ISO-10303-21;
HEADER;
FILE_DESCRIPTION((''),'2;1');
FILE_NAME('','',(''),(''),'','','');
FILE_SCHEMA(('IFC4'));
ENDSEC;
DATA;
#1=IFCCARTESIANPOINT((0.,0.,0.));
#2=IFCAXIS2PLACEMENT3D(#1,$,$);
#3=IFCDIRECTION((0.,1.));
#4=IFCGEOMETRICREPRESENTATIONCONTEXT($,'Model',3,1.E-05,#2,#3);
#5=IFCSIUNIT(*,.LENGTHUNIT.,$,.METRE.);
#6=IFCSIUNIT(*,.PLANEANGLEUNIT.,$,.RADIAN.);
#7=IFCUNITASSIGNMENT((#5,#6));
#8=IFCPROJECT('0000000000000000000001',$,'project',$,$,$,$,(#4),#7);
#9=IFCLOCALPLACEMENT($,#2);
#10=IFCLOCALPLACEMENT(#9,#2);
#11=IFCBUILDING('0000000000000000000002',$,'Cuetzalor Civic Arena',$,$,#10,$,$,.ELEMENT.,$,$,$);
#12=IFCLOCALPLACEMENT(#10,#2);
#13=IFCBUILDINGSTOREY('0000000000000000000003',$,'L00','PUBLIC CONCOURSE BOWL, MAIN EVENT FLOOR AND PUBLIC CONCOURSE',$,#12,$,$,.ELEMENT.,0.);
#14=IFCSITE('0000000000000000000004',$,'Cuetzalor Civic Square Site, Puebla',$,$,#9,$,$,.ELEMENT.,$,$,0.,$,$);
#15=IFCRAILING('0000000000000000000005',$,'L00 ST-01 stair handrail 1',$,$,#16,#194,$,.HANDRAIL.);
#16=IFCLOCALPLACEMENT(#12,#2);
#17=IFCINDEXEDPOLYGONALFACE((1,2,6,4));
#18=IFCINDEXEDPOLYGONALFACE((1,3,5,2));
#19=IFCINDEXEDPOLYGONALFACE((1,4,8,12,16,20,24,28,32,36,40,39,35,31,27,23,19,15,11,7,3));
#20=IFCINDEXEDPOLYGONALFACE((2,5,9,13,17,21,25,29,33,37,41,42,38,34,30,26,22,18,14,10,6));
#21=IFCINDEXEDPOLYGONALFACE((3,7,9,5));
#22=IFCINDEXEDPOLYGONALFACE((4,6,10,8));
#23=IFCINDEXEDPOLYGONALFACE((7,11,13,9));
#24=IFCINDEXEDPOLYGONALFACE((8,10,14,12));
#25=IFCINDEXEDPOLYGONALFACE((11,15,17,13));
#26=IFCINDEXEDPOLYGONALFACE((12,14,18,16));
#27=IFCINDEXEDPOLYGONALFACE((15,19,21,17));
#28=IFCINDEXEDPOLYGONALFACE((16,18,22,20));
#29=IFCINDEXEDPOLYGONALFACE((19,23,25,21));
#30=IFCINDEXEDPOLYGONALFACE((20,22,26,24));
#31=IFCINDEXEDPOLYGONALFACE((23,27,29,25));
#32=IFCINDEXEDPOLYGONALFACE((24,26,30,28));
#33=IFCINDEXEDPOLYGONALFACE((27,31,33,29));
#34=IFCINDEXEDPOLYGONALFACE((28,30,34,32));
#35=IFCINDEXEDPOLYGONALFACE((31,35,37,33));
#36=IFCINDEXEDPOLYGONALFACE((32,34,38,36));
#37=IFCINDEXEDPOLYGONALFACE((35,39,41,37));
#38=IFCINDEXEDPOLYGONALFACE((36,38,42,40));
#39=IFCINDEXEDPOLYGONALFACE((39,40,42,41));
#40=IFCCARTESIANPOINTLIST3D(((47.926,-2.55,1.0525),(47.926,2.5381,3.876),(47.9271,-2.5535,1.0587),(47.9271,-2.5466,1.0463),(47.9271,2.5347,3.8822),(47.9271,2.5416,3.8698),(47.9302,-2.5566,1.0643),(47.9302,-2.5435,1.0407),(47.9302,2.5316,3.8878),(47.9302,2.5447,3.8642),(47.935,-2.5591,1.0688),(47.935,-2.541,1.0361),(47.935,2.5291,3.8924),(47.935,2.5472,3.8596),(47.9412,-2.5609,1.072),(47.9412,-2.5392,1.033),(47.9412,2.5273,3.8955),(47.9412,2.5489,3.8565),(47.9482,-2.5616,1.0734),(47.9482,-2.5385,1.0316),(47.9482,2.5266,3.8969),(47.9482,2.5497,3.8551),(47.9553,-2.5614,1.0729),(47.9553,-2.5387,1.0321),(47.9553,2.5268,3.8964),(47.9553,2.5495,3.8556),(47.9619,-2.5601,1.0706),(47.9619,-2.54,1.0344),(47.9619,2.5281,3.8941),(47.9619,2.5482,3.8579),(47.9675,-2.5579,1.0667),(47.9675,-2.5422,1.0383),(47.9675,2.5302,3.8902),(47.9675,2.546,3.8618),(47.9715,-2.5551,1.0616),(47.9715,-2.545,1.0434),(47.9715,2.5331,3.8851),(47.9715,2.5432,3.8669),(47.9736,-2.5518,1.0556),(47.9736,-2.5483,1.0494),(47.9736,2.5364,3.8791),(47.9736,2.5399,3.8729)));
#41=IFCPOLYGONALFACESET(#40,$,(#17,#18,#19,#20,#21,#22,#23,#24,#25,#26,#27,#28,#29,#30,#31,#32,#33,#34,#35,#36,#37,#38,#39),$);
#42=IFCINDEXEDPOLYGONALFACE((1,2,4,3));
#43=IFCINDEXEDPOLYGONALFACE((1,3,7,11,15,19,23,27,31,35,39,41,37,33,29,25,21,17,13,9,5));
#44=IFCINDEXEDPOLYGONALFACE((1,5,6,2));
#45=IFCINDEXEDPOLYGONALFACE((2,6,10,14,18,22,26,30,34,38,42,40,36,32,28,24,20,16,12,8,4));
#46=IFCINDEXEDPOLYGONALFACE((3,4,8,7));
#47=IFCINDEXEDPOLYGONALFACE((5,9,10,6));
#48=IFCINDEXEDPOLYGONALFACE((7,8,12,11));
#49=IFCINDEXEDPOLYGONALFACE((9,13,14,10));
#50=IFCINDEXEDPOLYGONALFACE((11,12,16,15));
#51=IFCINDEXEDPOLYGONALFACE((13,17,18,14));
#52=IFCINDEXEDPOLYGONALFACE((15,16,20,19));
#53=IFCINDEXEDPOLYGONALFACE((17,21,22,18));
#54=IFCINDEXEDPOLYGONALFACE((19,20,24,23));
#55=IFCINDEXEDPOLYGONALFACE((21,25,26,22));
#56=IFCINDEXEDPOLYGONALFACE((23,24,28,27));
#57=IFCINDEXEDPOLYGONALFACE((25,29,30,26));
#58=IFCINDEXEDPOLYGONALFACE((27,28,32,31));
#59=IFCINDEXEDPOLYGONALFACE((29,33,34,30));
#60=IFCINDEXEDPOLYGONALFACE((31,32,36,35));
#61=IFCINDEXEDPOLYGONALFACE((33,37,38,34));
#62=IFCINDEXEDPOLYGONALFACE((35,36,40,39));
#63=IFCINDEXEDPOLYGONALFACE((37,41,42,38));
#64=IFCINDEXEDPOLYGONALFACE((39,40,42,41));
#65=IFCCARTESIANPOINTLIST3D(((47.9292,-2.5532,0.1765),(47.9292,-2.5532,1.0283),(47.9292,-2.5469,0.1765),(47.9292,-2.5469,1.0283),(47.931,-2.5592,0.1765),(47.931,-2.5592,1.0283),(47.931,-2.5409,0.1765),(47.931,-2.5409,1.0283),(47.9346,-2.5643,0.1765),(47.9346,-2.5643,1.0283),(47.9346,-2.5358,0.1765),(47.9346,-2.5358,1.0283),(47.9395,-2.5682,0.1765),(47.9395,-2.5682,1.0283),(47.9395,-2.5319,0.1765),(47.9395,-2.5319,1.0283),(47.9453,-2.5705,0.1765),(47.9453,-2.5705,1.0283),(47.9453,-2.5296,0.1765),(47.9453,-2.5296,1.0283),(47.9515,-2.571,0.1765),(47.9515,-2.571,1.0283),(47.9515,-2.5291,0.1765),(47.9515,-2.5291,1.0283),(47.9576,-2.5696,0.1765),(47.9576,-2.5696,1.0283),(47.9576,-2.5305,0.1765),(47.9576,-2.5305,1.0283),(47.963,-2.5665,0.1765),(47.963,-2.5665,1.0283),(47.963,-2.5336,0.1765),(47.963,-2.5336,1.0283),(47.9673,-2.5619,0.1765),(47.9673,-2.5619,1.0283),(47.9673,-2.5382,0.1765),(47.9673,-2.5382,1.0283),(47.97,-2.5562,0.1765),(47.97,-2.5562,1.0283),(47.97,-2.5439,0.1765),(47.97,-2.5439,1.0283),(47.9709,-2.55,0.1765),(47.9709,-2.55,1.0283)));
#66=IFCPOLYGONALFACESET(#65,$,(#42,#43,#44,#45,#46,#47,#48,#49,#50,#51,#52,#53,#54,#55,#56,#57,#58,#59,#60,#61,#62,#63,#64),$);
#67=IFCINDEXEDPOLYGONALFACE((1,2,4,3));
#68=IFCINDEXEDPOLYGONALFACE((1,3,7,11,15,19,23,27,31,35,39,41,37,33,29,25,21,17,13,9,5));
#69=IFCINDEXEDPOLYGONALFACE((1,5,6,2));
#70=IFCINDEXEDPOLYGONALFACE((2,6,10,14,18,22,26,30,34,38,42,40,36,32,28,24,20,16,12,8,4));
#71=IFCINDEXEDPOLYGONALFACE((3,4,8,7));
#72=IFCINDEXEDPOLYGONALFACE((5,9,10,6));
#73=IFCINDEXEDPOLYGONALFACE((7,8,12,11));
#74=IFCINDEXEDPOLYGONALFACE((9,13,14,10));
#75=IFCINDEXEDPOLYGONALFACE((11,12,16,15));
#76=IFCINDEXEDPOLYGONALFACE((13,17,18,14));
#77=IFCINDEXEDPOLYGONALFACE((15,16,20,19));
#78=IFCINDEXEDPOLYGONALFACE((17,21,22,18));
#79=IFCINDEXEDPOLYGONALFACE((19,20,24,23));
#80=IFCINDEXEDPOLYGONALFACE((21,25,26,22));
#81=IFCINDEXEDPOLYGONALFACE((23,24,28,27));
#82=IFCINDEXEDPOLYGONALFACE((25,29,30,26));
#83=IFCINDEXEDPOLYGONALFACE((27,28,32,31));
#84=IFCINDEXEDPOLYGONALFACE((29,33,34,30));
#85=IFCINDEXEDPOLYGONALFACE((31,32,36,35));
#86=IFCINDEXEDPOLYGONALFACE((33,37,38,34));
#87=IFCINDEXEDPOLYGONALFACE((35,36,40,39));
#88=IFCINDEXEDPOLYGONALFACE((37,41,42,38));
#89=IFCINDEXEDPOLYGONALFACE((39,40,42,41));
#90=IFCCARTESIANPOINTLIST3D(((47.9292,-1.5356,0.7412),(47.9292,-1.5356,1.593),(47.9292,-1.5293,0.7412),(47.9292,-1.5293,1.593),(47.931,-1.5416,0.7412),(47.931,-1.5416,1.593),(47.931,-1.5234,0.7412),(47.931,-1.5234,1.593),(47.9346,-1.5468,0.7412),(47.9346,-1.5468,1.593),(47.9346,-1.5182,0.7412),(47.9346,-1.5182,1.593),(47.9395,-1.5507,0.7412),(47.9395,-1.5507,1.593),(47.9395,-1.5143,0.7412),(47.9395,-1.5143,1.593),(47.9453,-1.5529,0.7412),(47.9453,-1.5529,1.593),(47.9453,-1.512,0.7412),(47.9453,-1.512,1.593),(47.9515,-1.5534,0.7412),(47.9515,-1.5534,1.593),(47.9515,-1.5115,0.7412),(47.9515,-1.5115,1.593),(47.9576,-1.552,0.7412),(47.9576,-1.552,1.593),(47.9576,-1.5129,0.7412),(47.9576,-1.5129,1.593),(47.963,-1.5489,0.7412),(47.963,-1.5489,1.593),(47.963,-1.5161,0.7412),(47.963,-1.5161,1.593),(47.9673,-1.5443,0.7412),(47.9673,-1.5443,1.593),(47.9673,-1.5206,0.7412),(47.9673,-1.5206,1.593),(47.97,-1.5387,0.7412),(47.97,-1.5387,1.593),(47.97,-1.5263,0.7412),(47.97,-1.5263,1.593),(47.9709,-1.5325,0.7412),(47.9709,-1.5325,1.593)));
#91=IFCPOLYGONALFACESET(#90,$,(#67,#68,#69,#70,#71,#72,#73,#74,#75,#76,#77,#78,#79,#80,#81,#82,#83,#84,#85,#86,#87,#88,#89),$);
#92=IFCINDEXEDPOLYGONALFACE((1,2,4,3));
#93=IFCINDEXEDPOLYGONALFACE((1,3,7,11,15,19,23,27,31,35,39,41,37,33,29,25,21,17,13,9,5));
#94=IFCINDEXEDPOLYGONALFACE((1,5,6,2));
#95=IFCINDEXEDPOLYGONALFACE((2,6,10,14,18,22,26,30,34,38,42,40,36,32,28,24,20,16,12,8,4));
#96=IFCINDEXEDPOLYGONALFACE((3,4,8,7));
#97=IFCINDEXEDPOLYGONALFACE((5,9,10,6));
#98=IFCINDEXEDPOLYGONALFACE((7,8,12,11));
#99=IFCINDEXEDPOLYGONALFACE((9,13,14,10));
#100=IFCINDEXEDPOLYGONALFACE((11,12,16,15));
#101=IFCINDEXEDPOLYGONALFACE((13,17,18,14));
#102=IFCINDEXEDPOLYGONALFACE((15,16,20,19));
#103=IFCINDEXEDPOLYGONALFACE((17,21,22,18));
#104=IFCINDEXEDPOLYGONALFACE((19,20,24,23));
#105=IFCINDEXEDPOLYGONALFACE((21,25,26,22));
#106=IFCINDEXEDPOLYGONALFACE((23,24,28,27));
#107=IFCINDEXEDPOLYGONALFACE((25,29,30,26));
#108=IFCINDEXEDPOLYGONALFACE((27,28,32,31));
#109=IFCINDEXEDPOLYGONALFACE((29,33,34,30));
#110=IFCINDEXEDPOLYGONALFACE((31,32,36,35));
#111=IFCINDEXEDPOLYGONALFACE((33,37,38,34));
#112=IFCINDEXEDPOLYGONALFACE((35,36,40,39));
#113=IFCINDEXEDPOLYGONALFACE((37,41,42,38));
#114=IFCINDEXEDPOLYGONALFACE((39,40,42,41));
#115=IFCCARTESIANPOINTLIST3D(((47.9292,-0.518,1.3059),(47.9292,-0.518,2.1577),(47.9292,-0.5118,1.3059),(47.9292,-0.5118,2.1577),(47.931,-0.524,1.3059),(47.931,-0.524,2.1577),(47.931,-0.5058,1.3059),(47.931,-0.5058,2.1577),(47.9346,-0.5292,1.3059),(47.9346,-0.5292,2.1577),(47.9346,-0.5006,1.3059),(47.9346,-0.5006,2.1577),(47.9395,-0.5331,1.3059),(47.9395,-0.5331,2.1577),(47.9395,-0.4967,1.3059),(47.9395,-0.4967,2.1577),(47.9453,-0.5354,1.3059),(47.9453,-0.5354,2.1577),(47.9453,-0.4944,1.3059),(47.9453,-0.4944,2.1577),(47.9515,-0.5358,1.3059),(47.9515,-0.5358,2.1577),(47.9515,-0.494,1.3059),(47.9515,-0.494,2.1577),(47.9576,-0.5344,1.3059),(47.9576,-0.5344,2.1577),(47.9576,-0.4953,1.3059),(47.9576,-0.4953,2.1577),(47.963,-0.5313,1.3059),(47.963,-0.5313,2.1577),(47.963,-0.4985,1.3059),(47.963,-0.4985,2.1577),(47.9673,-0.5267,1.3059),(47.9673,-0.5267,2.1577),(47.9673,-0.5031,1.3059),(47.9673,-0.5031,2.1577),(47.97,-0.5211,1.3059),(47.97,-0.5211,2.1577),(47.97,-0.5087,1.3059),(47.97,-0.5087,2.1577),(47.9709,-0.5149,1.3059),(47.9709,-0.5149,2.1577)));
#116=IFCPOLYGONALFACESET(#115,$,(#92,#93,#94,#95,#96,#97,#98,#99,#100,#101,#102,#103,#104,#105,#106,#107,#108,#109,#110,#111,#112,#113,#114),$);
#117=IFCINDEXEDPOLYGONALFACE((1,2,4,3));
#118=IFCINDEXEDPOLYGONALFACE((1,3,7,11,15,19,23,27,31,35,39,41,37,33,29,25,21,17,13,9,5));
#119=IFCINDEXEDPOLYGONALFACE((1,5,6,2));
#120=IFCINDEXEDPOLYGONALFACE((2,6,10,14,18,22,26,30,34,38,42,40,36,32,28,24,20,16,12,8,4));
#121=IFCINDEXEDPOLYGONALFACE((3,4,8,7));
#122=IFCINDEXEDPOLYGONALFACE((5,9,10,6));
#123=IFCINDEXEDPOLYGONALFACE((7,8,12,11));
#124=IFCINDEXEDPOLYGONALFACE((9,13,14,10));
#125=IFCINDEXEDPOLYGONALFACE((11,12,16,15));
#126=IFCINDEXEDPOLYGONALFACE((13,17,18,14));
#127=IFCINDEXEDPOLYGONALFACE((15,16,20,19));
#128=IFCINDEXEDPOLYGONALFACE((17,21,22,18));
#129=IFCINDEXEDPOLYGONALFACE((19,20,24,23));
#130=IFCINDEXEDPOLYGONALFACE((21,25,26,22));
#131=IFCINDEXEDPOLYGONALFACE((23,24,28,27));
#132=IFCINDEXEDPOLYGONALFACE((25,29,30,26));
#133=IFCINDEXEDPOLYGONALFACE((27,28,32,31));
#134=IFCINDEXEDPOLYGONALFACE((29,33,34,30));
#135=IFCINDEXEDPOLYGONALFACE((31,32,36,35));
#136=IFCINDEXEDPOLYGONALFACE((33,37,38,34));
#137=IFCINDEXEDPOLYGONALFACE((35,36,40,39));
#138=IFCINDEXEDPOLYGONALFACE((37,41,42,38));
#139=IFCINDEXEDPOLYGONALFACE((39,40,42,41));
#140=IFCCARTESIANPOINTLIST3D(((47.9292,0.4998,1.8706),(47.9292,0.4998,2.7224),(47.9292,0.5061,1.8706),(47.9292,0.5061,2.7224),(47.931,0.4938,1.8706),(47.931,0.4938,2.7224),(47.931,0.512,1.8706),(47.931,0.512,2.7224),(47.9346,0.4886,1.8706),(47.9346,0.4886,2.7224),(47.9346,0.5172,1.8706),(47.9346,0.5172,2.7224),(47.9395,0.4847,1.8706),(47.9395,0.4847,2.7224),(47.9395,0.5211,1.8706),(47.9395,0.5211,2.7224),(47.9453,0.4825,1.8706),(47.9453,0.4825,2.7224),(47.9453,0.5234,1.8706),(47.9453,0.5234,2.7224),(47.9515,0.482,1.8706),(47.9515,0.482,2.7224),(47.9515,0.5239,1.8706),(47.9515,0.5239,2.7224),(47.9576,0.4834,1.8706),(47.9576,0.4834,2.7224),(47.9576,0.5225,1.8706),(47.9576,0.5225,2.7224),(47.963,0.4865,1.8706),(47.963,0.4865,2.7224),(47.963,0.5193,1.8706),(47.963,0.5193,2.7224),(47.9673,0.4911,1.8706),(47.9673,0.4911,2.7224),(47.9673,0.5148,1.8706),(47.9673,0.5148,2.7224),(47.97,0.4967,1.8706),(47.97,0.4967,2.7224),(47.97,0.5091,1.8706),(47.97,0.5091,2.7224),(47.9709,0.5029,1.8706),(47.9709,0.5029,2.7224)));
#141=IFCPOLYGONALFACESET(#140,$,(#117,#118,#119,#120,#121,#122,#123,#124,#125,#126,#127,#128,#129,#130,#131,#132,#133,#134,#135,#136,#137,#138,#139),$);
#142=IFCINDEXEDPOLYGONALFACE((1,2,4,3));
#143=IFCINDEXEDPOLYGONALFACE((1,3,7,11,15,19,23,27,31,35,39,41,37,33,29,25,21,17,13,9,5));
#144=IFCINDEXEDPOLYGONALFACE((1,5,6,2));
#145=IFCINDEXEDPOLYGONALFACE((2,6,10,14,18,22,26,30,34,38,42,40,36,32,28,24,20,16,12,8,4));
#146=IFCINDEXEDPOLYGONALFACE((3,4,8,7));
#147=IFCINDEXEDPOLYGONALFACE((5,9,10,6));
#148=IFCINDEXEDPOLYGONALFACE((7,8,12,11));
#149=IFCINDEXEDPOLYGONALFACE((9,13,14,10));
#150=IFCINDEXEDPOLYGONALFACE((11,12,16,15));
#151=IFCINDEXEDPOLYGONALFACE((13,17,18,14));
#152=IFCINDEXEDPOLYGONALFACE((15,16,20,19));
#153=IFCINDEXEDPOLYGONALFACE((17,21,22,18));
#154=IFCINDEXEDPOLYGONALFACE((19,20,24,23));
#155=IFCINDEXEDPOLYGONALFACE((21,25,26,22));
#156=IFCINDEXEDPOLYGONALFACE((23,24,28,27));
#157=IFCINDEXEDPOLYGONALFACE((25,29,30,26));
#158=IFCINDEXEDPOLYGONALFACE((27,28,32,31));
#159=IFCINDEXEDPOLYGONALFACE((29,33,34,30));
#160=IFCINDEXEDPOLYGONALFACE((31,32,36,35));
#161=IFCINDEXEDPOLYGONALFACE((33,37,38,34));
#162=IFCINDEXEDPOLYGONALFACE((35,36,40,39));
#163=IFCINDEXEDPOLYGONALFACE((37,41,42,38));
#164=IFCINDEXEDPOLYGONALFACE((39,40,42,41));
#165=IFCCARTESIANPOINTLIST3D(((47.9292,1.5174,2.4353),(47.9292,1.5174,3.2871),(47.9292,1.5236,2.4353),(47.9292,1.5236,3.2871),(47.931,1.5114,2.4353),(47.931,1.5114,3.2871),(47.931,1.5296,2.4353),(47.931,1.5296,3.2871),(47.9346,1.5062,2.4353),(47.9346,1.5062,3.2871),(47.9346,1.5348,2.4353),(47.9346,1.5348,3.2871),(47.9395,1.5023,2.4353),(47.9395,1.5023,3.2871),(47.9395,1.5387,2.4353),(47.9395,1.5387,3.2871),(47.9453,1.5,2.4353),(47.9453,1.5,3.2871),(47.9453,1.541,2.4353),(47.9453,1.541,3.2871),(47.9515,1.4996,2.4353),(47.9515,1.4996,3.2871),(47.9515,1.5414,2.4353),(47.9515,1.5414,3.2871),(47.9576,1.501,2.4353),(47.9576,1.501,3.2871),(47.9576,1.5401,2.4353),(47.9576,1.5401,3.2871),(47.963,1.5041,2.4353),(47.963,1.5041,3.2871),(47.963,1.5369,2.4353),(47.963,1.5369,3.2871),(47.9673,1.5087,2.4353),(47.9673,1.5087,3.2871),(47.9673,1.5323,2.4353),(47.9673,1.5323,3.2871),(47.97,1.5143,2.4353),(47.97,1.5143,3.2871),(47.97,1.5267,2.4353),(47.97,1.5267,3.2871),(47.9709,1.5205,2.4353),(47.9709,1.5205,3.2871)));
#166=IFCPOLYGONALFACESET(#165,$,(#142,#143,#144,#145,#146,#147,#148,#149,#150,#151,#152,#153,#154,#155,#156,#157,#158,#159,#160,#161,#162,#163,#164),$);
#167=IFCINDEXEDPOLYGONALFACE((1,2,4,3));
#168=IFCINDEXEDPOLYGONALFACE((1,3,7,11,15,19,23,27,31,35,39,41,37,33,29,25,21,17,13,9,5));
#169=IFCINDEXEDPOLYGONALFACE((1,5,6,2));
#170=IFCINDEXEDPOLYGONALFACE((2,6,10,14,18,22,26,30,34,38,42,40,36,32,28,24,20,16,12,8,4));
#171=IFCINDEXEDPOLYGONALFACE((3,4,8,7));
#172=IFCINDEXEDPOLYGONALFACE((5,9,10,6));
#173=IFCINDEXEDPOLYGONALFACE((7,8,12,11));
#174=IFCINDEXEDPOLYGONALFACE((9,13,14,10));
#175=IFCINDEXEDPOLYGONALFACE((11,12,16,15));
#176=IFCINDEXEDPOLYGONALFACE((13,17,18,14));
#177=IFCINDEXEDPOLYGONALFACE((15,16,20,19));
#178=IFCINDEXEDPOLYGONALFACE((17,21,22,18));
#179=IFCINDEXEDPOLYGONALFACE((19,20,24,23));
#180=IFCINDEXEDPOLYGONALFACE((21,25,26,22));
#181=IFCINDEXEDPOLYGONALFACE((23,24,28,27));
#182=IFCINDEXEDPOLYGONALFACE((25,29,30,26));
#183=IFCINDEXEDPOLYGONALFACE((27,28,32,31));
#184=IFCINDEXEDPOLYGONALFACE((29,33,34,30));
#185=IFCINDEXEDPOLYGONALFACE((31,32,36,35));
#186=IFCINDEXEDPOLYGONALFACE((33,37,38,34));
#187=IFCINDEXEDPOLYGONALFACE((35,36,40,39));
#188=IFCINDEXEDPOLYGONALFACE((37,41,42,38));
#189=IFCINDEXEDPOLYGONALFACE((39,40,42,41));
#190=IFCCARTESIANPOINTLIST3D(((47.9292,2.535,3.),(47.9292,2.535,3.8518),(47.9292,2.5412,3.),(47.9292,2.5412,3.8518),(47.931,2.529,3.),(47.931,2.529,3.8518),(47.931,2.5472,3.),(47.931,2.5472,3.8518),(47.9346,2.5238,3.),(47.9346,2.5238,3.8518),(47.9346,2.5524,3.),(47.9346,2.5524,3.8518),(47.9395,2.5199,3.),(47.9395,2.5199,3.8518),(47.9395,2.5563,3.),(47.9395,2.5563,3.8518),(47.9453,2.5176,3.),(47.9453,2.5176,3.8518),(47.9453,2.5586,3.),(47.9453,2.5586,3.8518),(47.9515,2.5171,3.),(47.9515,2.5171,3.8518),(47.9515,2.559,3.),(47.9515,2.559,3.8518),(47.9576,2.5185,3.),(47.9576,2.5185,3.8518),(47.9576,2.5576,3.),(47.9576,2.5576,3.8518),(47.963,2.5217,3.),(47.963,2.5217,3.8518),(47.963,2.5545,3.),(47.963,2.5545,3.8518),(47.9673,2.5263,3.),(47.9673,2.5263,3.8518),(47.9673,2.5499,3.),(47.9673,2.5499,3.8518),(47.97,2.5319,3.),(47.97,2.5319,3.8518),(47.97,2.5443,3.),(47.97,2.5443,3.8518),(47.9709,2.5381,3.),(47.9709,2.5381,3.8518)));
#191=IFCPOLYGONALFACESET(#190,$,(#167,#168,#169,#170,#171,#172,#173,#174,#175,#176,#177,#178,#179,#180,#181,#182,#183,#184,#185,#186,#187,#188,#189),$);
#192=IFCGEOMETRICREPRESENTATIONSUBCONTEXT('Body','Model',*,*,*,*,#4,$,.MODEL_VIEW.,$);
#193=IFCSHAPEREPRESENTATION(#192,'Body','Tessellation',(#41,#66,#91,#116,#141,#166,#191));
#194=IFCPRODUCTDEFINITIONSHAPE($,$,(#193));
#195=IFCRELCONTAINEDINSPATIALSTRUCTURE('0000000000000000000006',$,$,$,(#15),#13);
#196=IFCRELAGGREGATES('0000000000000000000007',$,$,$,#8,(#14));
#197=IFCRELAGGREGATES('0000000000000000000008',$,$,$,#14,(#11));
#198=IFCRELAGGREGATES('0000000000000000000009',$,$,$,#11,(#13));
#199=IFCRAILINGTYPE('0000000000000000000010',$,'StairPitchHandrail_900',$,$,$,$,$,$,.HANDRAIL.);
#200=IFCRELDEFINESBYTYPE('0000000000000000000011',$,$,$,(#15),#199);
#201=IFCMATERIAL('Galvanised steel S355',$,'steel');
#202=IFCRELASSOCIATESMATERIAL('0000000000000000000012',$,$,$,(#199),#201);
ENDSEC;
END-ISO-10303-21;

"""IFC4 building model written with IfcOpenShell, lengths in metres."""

from ifc_helpers import new_model, si_unit, direction, frame, origin, origin_2d, place, context, subcontext, project, spatial, circle, extrude, material, type_object, element, save


model = new_model("IFC4")

# Units and contexts
model_context = context("Model", 3, precision=1e-05, world=origin(), true_north=direction((0.0, 1.0)))
body_context = subcontext(model_context, "Body", "Model", "MODEL_VIEW")
ifc_project = project(units=[si_unit("LENGTHUNIT", "METRE"), si_unit("PLANEANGLEUNIT", "RADIAN")], contexts=[model_context])

# Site, building, storey
site_placement = place(None, origin())
site = spatial("IfcSite", under=ifc_project, at=site_placement, Name="Cuetzalor Civic Square Site, Puebla", CompositionType="ELEMENT", RefElevation=0.0)
building_placement = place(site_placement, origin())
building = spatial("IfcBuilding", under=site, at=building_placement, Name="Cuetzalor Civic Arena", CompositionType="ELEMENT")
storey_placement = place(building_placement, origin())
storey = spatial("IfcBuildingStorey", under=building, at=storey_placement, Name="L00", Description="PUBLIC CONCOURSE BOWL, MAIN EVENT FLOOR AND PUBLIC CONCOURSE", CompositionType="ELEMENT", Elevation=0.0)

# Railing
ifc_material_1 = material(Name="Galvanised steel S355", Category="steel")
railing_type_1 = type_object("IfcRailingType", Name="StairPitchHandrail_900", PredefinedType="HANDRAIL", material=ifc_material_1)
railing_1_placement = place(storey_placement, frame((47.95, -2.55, 0.1765)))
element("IfcRailing", 1, at=railing_1_placement, inside=storey, type_object=railing_type_1, Name="L00 ST-01 stair handrail 1", PredefinedType="HANDRAIL", context=body_context, shape_type="SweptSolid", body=[
    extrude(circle(Radius=0.0239, at=origin_2d()), frame((0.0, 0.0, 0.876), z_axis=(0.0, 0.874395, 0.485215), x_axis=(-1.0, 0.0, 0.0)), (0.0, 0.0, 1.0), 5.8191),
    extrude(circle(Radius=0.021, at=origin_2d()), origin(), (0.0, 0.0, 1.0), 0.8518),
    extrude(circle(Radius=0.021, at=origin_2d()), frame((0.0, 1.0176, 0.5647)), (0.0, 0.0, 1.0), 0.8518),
    extrude(circle(Radius=0.021, at=origin_2d()), frame((0.0, 2.0352, 1.1294)), (0.0, 0.0, 1.0), 0.8518),
    extrude(circle(Radius=0.021, at=origin_2d()), frame((0.0, 3.053, 1.6941)), (0.0, 0.0, 1.0), 0.8518),
    extrude(circle(Radius=0.021, at=origin_2d()), frame((0.0, 4.0706, 2.2588)), (0.0, 0.0, 1.0), 0.8518),
    extrude(circle(Radius=0.021, at=origin_2d()), frame((0.0, 5.0881, 2.8235)), (0.0, 0.0, 1.0), 0.8518),
])

save(model, "model.ifc")
